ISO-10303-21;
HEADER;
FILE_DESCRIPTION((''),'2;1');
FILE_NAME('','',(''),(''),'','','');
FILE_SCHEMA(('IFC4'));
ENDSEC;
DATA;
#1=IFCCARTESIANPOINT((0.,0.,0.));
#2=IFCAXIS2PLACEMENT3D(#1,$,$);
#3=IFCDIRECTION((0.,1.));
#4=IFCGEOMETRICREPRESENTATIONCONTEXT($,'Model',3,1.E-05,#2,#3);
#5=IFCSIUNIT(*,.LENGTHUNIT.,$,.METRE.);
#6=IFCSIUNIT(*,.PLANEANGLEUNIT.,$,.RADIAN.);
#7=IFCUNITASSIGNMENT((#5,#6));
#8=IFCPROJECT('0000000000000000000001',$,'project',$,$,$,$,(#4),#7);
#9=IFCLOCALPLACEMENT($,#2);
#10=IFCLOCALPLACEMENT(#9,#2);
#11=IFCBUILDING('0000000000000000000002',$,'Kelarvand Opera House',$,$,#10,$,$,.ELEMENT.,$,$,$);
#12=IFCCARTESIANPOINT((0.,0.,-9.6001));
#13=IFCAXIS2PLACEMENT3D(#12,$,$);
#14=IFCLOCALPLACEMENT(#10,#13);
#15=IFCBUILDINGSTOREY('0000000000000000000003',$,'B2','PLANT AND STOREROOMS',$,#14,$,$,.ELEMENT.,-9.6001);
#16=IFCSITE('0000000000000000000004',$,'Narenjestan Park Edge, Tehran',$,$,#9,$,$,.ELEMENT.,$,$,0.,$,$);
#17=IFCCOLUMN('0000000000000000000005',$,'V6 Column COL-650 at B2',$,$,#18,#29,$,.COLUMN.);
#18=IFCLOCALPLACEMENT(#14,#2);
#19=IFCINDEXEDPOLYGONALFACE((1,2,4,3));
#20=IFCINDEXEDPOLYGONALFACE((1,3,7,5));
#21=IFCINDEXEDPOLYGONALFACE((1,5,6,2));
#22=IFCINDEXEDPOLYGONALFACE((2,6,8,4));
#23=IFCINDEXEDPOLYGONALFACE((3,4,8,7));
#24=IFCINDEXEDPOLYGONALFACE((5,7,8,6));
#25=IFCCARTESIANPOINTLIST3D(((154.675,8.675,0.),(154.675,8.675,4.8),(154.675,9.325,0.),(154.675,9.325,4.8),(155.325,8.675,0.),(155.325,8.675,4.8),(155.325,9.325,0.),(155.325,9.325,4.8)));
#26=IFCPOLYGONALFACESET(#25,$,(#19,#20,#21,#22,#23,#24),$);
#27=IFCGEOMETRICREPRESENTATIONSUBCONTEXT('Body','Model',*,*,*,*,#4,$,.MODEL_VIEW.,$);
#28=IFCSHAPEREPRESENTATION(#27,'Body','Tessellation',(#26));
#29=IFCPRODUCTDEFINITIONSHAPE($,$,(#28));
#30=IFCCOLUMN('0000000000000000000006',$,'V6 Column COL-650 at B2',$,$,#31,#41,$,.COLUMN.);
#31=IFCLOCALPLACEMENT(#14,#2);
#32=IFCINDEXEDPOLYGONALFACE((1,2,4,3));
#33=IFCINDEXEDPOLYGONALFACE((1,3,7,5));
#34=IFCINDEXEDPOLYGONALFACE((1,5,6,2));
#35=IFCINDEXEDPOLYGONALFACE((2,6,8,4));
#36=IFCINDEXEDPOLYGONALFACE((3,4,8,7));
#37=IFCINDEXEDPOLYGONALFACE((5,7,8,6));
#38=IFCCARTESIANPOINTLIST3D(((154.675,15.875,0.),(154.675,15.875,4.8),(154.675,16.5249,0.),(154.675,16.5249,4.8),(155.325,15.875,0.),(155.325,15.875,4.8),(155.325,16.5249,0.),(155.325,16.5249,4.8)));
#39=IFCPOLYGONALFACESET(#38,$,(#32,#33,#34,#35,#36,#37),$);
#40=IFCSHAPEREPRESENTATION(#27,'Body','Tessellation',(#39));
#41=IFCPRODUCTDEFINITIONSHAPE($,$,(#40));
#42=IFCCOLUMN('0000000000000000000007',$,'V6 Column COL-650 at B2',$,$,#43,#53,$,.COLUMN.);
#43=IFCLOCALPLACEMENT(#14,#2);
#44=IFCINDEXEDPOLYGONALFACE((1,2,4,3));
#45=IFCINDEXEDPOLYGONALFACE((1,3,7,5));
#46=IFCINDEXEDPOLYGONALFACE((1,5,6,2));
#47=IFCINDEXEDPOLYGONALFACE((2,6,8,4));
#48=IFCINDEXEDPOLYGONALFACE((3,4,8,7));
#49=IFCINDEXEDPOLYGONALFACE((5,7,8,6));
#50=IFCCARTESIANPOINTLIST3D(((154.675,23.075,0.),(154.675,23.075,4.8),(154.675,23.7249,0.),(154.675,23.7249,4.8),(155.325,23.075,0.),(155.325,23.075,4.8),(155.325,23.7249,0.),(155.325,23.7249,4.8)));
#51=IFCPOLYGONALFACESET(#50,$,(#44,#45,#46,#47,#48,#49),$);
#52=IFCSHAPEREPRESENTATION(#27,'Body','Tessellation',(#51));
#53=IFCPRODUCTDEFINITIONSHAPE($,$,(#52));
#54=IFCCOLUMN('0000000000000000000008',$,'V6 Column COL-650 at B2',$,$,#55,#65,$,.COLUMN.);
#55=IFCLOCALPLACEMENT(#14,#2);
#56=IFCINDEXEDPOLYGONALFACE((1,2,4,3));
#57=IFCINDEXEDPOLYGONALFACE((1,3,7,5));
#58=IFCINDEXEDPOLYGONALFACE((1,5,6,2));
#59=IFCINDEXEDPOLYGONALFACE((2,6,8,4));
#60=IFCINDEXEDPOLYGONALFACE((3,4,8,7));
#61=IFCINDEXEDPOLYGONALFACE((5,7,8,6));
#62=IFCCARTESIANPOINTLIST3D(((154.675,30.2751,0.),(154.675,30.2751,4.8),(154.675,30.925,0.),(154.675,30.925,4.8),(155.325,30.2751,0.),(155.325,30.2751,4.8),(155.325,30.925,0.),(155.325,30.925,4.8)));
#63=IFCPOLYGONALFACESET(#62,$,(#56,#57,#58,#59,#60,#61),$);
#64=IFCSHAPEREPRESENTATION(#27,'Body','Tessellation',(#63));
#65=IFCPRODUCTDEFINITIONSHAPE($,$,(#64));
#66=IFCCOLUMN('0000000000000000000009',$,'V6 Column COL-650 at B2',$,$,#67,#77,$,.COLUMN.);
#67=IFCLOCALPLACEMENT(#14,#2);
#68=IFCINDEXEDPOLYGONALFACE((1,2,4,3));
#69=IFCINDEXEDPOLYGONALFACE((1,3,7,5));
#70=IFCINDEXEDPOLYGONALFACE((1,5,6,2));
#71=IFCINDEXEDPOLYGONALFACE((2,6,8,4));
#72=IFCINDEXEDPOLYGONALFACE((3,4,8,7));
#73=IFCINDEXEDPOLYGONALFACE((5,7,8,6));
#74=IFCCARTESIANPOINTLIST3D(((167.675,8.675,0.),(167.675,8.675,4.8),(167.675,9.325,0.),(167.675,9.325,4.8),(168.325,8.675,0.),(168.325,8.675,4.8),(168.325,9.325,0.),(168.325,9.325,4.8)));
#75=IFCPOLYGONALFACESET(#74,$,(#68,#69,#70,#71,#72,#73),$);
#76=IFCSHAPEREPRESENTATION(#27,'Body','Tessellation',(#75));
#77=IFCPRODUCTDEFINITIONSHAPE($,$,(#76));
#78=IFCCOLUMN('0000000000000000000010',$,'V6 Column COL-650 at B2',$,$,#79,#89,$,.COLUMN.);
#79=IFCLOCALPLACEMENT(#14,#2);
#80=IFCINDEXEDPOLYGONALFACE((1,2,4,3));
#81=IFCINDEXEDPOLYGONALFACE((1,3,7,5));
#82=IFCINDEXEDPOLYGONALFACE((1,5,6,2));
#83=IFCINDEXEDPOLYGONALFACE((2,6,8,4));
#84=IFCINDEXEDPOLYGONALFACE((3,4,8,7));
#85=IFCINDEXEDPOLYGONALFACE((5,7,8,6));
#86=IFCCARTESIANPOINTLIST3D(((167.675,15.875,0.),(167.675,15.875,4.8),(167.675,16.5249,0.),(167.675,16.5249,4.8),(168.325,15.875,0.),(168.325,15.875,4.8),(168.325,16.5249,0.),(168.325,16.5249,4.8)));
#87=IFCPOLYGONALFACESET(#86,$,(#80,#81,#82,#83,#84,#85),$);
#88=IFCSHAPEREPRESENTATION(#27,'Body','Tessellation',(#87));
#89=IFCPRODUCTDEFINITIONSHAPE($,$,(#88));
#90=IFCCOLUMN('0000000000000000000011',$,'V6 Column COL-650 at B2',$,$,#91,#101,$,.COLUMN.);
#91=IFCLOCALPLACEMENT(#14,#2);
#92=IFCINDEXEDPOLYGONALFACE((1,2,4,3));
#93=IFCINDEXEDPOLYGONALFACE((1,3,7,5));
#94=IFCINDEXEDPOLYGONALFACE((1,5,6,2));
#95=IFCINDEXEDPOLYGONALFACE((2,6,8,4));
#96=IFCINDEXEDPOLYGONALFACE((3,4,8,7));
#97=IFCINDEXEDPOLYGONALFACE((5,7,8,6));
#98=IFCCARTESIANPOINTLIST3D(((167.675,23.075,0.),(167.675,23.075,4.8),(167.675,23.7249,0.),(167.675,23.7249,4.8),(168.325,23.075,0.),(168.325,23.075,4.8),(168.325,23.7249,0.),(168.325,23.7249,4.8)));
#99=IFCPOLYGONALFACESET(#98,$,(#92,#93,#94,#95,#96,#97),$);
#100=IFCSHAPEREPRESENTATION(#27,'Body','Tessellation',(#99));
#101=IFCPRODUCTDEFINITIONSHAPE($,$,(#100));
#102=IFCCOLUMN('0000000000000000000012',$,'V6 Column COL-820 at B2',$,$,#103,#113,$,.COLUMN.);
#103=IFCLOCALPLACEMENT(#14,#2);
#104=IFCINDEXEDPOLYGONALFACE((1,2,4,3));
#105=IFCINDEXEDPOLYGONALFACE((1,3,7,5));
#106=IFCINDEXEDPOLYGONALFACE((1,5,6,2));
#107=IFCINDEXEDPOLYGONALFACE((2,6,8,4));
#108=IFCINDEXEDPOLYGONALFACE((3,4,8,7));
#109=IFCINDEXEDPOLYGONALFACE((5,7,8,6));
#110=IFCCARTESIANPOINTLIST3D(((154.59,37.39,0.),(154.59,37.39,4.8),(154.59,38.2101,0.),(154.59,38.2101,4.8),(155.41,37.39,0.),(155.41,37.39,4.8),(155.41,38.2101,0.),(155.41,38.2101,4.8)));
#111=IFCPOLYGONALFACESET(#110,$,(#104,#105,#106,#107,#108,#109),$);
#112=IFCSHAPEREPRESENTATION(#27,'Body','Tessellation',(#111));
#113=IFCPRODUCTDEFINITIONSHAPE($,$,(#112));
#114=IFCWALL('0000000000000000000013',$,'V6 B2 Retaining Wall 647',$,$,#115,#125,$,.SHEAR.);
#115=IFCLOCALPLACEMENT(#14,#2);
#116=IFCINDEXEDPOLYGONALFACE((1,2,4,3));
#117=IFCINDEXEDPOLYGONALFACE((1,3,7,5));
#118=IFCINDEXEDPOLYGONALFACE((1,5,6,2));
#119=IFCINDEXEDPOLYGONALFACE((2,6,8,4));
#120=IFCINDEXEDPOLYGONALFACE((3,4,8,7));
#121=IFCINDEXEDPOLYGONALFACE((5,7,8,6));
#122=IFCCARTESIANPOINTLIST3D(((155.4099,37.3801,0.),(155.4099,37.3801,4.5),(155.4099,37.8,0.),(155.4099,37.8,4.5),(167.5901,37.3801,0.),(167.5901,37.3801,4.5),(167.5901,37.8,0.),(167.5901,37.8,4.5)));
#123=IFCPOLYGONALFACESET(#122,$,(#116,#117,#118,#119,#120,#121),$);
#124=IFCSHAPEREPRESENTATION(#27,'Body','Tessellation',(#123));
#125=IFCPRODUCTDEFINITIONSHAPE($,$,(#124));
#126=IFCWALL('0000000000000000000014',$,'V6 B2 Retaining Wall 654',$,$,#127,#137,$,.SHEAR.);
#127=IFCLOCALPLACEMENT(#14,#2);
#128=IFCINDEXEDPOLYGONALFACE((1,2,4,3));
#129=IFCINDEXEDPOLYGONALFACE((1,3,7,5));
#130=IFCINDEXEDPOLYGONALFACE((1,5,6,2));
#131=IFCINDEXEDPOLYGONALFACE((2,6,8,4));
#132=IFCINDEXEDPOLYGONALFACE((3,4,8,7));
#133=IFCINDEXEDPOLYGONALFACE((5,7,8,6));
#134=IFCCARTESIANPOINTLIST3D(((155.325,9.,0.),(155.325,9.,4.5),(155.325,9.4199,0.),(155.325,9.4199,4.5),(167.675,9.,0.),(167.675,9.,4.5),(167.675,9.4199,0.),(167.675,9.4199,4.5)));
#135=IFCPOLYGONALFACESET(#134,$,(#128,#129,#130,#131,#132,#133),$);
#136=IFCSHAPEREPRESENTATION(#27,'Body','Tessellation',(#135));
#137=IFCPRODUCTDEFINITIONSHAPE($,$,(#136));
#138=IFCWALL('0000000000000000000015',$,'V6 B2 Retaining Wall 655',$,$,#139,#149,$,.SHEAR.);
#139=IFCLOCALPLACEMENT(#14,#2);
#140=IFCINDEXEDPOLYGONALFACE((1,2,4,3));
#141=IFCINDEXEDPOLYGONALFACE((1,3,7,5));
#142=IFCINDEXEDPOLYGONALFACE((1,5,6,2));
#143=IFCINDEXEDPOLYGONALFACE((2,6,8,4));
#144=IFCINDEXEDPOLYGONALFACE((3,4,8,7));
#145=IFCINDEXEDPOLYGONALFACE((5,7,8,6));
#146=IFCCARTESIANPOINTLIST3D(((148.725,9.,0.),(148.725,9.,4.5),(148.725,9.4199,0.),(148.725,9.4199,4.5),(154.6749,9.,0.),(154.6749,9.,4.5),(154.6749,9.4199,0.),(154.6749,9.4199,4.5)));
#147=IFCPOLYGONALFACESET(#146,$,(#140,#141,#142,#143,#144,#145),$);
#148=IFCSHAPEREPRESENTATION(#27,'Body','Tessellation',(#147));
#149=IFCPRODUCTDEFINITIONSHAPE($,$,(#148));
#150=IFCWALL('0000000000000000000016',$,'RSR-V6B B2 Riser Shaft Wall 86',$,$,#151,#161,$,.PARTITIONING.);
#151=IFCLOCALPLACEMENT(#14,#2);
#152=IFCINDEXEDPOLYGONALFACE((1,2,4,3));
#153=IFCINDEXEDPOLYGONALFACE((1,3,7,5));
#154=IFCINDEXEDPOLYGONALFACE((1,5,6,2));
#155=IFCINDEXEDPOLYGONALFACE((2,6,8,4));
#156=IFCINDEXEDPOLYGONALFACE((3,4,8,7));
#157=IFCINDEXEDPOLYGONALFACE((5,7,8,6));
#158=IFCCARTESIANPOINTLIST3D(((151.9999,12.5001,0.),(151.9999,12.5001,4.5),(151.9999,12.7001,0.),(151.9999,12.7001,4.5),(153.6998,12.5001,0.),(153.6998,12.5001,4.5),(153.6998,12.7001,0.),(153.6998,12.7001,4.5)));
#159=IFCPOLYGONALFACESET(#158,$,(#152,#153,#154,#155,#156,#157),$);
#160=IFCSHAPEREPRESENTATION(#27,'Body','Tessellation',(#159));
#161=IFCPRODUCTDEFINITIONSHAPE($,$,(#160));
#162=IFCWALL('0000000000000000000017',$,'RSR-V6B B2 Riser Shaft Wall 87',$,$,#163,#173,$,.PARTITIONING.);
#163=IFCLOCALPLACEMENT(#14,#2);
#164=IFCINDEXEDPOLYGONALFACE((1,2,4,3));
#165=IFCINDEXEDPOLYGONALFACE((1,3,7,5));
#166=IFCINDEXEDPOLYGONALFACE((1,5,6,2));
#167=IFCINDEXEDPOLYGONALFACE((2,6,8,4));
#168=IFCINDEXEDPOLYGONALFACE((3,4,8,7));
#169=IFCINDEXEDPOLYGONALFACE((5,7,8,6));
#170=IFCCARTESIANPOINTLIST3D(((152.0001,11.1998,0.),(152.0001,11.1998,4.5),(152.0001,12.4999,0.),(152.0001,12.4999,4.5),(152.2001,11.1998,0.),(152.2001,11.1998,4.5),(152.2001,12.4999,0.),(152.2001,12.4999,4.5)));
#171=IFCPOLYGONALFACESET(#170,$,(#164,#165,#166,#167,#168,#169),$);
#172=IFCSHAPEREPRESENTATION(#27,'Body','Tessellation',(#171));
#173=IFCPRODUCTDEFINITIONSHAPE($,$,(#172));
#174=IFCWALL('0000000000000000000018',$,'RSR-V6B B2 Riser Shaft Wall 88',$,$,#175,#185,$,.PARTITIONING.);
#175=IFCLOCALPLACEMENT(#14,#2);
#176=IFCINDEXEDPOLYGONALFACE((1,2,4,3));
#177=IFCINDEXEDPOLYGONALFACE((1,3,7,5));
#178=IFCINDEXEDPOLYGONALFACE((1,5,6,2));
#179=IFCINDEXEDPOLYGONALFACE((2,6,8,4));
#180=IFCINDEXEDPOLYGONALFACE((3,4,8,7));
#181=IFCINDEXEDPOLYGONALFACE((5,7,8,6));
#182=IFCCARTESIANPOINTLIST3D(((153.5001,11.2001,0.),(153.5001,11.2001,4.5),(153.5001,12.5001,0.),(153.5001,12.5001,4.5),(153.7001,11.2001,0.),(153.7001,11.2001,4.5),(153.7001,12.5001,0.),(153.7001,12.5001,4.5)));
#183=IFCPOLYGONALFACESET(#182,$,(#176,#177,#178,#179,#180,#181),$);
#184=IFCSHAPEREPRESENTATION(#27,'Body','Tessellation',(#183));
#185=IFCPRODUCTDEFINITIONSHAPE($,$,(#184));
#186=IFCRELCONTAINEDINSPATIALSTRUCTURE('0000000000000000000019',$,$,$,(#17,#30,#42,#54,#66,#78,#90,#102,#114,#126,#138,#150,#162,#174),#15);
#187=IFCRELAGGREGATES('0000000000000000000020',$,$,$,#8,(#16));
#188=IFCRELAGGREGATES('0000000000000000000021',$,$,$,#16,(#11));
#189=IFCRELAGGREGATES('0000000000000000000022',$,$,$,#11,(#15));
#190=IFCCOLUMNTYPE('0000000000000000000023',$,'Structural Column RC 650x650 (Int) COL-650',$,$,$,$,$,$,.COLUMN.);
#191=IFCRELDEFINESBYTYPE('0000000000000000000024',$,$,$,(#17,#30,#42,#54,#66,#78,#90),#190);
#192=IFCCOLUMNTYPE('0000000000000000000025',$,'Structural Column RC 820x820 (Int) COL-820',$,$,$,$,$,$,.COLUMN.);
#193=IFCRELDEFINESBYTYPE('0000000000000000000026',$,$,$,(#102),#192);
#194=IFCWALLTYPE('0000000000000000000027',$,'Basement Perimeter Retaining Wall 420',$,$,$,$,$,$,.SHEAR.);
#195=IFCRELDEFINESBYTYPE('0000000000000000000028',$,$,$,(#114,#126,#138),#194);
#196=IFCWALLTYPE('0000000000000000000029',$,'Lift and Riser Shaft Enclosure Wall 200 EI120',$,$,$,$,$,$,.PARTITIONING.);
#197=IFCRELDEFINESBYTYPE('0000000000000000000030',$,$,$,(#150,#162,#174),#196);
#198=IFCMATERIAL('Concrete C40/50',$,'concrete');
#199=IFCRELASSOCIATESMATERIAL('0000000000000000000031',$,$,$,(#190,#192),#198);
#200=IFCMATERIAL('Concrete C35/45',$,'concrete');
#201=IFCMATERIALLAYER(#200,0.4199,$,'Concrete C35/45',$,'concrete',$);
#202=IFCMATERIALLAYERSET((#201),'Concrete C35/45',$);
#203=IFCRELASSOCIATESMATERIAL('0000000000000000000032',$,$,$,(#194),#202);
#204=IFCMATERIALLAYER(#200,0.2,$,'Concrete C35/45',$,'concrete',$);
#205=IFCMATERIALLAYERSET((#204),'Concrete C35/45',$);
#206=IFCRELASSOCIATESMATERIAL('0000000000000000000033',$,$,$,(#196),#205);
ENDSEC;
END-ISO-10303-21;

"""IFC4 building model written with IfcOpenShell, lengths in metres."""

from ifc_helpers import new_model, si_unit, direction, frame, frame_2d, origin, origin_2d, place, context, subcontext, project, spatial, rectangle, extrude, material, layer, layer_set, material_profile, profile_set, type_object, element, save


model = new_model("IFC4")

# Units and contexts
model_context = context("Model", 3, precision=1e-05, world=origin(), true_north=direction((0.0, 1.0)))
body_context = subcontext(model_context, "Body", "Model", "MODEL_VIEW")
ifc_project = project(units=[si_unit("LENGTHUNIT", "METRE"), si_unit("PLANEANGLEUNIT", "RADIAN")], contexts=[model_context])

# Site, building, storey
site_placement = place(None, origin())
site = spatial("IfcSite", under=ifc_project, at=site_placement, Name="Narenjestan Park Edge, Tehran", CompositionType="ELEMENT", RefElevation=0.0)
building_placement = place(site_placement, origin())
building = spatial("IfcBuilding", under=site, at=building_placement, Name="Kelarvand Opera House", CompositionType="ELEMENT")
storey_placement = place(building_placement, frame((0.0, 0.0, -9.6001)))
storey = spatial("IfcBuildingStorey", under=building, at=storey_placement, Name="B2", Description="PLANT AND STOREROOMS", CompositionType="ELEMENT", Elevation=-9.6001)

# Shared definitions
ifc_material_1 = material(Name="Concrete C40/50", Category="concrete")

# Columns
ifc_material_profile_1 = material_profile(ifc_material_1, rectangle(XDim=0.6499, YDim=0.6499, at=origin_2d()), Name="RC 650x650", Category="concrete")
ifc_profile_set_1 = profile_set([ifc_material_profile_1], Name="Concrete C40/50")
column_type_1 = type_object("IfcColumnType", Name="Structural Column RC 650x650 (Int) COL-650", PredefinedType="COLUMN", material=ifc_profile_set_1)
for number, where, z_axis, x_axis, name in (
    (1, (155.0, 9.0, 0.0), (0.0, 0.0, 1.0), (1.0, 0.0, 0.0), "V6 Column COL-650 at B2"),
    (2, (155.0, 16.2, 0.0), (0.0, 0.0, 1.0), (1.0, 0.0, 0.0), "V6 Column COL-650 at B2"),
    (3, (155.0, 23.3999, 0.0), (0.0, 0.0, 1.0), (1.0, 0.0, 0.0), "V6 Column COL-650 at B2"),
    (4, (155.0, 30.6001, 0.0), (0.0, 0.0, 1.0), (1.0, 0.0, 0.0), "V6 Column COL-650 at B2"),
    (5, (168.0, 9.0, 0.0), (0.0, 0.0, 1.0), (1.0, 0.0, 0.0), "V6 Column COL-650 at B2"),
    (6, (168.0, 16.2, 0.0), (0.0, 0.0, 1.0), (1.0, 0.0, 0.0), "V6 Column COL-650 at B2"),
    (7, (168.0, 23.3999, 0.0), (0.0, 0.0, 1.0), (1.0, 0.0, 0.0), "V6 Column COL-650 at B2"),
):
    element("IfcColumn", number, at=place(storey_placement, frame(where, z_axis=z_axis, x_axis=x_axis)), inside=storey, type_object=column_type_1, Name=name, PredefinedType="COLUMN", context=body_context, shape_type="SweptSolid", body=[
        extrude(rectangle(XDim=0.6499, YDim=0.6499, at=origin_2d()), origin(), (0.0, 0.0, 1.0), 4.8),
    ])
ifc_material_profile_2 = material_profile(ifc_material_1, rectangle(XDim=0.8201, YDim=0.8201, at=origin_2d()), Name="RC 820x820", Category="concrete")
ifc_profile_set_2 = profile_set([ifc_material_profile_2], Name="Concrete C40/50")
column_type_2 = type_object("IfcColumnType", Name="Structural Column RC 820x820 (Int) COL-820", PredefinedType="COLUMN", material=ifc_profile_set_2)
column_placement = place(storey_placement, frame((155.0, 37.8, 0.0), z_axis=(0.0, 0.0, 1.0), x_axis=(1.0, 0.0, 0.0)))
element("IfcColumn", 8, at=column_placement, inside=storey, type_object=column_type_2, Name="V6 Column COL-820 at B2", PredefinedType="COLUMN", context=body_context, shape_type="SweptSolid", body=[
    extrude(rectangle(XDim=0.8201, YDim=0.8201, at=origin_2d()), origin(), (0.0, 0.0, 1.0), 4.8),
])

# Walls
ifc_material_2 = material(Name="Concrete C35/45", Category="concrete")
ifc_layer_1 = layer(ifc_material_2, 0.4199, Name="Concrete C35/45", Category="concrete")
ifc_layer_set_1 = layer_set([ifc_layer_1], Name="Concrete C35/45")
wall_type_1 = type_object("IfcWallType", Name="Basement Perimeter Retaining Wall 420", PredefinedType="SHEAR", material=ifc_layer_set_1)
wall_1_placement = place(storey_placement, frame((155.4099, 37.5901, 0.0), z_axis=(0.0, 0.0, 1.0), x_axis=(1.0, 0.0, 0.0)))
element("IfcWall", 9, at=wall_1_placement, inside=storey, type_object=wall_type_1, Name="V6 B2 Retaining Wall 647", PredefinedType="SHEAR", context=body_context, shape_type="SweptSolid", body=[
    extrude(rectangle(XDim=12.1802, YDim=0.4199, at=frame_2d((6.0901, 0.0))), origin(), (0.0, 0.0, 1.0), 4.5),
])
wall_2_placement = place(storey_placement, frame((167.675, 9.21, 0.0), z_axis=(0.0, 0.0, 1.0), x_axis=(-1.0, 0.0, 0.0)))
element("IfcWall", 10, at=wall_2_placement, inside=storey, type_object=wall_type_1, Name="V6 B2 Retaining Wall 654", PredefinedType="SHEAR", context=body_context, shape_type="SweptSolid", body=[
    extrude(rectangle(XDim=12.3501, YDim=0.4199, at=frame_2d((6.175, 0.0))), origin(), (0.0, 0.0, 1.0), 4.5),
])
wall_3_placement = place(storey_placement, frame((154.675, 9.21, 0.0), z_axis=(0.0, 0.0, 1.0), x_axis=(-1.0, 0.0, 0.0)))
element("IfcWall", 11, at=wall_3_placement, inside=storey, type_object=wall_type_1, Name="V6 B2 Retaining Wall 655", PredefinedType="SHEAR", context=body_context, shape_type="SweptSolid", body=[
    extrude(rectangle(XDim=5.95, YDim=0.4199, at=frame_2d((2.9751, 0.0))), origin(), (0.0, 0.0, 1.0), 4.5),
])
ifc_layer_2 = layer(ifc_material_2, 0.2, Name="Concrete C35/45", Category="concrete")
ifc_layer_set_2 = layer_set([ifc_layer_2], Name="Concrete C35/45")
wall_type_2 = type_object("IfcWallType", Name="Lift and Riser Shaft Enclosure Wall 200 EI120", PredefinedType="PARTITIONING", material=ifc_layer_set_2)
wall_4_placement = place(storey_placement, frame((153.7, 12.6001, 0.0), z_axis=(0.0, 0.0, 1.0), x_axis=(-1.0, 0.0, 0.0)))
element("IfcWall", 12, at=wall_4_placement, inside=storey, type_object=wall_type_2, Name="RSR-V6B B2 Riser Shaft Wall 86", PredefinedType="PARTITIONING", context=body_context, shape_type="SweptSolid", body=[
    extrude(rectangle(XDim=1.7, YDim=0.2, at=frame_2d((0.8501, 0.0))), origin(), (0.0, 0.0, 1.0), 4.5),
])
for number, where, z_axis, x_axis, name in (
    (13, (152.1001, 11.2, 0.0), (0.0, 0.0, 1.0), (0.0, 1.0, 0.0), "RSR-V6B B2 Riser Shaft Wall 87"),
    (14, (153.6001, 12.5, 0.0), (0.0, 0.0, 1.0), (0.0, -1.0, 0.0), "RSR-V6B B2 Riser Shaft Wall 88"),
):
    element("IfcWall", number, at=place(storey_placement, frame(where, z_axis=z_axis, x_axis=x_axis)), inside=storey, type_object=wall_type_2, Name=name, PredefinedType="PARTITIONING", context=body_context, shape_type="SweptSolid", body=[
        extrude(rectangle(XDim=1.3, YDim=0.2, at=frame_2d((0.6499, 0.0))), origin(), (0.0, 0.0, 1.0), 4.5),
    ])

save(model, "model.ifc")
